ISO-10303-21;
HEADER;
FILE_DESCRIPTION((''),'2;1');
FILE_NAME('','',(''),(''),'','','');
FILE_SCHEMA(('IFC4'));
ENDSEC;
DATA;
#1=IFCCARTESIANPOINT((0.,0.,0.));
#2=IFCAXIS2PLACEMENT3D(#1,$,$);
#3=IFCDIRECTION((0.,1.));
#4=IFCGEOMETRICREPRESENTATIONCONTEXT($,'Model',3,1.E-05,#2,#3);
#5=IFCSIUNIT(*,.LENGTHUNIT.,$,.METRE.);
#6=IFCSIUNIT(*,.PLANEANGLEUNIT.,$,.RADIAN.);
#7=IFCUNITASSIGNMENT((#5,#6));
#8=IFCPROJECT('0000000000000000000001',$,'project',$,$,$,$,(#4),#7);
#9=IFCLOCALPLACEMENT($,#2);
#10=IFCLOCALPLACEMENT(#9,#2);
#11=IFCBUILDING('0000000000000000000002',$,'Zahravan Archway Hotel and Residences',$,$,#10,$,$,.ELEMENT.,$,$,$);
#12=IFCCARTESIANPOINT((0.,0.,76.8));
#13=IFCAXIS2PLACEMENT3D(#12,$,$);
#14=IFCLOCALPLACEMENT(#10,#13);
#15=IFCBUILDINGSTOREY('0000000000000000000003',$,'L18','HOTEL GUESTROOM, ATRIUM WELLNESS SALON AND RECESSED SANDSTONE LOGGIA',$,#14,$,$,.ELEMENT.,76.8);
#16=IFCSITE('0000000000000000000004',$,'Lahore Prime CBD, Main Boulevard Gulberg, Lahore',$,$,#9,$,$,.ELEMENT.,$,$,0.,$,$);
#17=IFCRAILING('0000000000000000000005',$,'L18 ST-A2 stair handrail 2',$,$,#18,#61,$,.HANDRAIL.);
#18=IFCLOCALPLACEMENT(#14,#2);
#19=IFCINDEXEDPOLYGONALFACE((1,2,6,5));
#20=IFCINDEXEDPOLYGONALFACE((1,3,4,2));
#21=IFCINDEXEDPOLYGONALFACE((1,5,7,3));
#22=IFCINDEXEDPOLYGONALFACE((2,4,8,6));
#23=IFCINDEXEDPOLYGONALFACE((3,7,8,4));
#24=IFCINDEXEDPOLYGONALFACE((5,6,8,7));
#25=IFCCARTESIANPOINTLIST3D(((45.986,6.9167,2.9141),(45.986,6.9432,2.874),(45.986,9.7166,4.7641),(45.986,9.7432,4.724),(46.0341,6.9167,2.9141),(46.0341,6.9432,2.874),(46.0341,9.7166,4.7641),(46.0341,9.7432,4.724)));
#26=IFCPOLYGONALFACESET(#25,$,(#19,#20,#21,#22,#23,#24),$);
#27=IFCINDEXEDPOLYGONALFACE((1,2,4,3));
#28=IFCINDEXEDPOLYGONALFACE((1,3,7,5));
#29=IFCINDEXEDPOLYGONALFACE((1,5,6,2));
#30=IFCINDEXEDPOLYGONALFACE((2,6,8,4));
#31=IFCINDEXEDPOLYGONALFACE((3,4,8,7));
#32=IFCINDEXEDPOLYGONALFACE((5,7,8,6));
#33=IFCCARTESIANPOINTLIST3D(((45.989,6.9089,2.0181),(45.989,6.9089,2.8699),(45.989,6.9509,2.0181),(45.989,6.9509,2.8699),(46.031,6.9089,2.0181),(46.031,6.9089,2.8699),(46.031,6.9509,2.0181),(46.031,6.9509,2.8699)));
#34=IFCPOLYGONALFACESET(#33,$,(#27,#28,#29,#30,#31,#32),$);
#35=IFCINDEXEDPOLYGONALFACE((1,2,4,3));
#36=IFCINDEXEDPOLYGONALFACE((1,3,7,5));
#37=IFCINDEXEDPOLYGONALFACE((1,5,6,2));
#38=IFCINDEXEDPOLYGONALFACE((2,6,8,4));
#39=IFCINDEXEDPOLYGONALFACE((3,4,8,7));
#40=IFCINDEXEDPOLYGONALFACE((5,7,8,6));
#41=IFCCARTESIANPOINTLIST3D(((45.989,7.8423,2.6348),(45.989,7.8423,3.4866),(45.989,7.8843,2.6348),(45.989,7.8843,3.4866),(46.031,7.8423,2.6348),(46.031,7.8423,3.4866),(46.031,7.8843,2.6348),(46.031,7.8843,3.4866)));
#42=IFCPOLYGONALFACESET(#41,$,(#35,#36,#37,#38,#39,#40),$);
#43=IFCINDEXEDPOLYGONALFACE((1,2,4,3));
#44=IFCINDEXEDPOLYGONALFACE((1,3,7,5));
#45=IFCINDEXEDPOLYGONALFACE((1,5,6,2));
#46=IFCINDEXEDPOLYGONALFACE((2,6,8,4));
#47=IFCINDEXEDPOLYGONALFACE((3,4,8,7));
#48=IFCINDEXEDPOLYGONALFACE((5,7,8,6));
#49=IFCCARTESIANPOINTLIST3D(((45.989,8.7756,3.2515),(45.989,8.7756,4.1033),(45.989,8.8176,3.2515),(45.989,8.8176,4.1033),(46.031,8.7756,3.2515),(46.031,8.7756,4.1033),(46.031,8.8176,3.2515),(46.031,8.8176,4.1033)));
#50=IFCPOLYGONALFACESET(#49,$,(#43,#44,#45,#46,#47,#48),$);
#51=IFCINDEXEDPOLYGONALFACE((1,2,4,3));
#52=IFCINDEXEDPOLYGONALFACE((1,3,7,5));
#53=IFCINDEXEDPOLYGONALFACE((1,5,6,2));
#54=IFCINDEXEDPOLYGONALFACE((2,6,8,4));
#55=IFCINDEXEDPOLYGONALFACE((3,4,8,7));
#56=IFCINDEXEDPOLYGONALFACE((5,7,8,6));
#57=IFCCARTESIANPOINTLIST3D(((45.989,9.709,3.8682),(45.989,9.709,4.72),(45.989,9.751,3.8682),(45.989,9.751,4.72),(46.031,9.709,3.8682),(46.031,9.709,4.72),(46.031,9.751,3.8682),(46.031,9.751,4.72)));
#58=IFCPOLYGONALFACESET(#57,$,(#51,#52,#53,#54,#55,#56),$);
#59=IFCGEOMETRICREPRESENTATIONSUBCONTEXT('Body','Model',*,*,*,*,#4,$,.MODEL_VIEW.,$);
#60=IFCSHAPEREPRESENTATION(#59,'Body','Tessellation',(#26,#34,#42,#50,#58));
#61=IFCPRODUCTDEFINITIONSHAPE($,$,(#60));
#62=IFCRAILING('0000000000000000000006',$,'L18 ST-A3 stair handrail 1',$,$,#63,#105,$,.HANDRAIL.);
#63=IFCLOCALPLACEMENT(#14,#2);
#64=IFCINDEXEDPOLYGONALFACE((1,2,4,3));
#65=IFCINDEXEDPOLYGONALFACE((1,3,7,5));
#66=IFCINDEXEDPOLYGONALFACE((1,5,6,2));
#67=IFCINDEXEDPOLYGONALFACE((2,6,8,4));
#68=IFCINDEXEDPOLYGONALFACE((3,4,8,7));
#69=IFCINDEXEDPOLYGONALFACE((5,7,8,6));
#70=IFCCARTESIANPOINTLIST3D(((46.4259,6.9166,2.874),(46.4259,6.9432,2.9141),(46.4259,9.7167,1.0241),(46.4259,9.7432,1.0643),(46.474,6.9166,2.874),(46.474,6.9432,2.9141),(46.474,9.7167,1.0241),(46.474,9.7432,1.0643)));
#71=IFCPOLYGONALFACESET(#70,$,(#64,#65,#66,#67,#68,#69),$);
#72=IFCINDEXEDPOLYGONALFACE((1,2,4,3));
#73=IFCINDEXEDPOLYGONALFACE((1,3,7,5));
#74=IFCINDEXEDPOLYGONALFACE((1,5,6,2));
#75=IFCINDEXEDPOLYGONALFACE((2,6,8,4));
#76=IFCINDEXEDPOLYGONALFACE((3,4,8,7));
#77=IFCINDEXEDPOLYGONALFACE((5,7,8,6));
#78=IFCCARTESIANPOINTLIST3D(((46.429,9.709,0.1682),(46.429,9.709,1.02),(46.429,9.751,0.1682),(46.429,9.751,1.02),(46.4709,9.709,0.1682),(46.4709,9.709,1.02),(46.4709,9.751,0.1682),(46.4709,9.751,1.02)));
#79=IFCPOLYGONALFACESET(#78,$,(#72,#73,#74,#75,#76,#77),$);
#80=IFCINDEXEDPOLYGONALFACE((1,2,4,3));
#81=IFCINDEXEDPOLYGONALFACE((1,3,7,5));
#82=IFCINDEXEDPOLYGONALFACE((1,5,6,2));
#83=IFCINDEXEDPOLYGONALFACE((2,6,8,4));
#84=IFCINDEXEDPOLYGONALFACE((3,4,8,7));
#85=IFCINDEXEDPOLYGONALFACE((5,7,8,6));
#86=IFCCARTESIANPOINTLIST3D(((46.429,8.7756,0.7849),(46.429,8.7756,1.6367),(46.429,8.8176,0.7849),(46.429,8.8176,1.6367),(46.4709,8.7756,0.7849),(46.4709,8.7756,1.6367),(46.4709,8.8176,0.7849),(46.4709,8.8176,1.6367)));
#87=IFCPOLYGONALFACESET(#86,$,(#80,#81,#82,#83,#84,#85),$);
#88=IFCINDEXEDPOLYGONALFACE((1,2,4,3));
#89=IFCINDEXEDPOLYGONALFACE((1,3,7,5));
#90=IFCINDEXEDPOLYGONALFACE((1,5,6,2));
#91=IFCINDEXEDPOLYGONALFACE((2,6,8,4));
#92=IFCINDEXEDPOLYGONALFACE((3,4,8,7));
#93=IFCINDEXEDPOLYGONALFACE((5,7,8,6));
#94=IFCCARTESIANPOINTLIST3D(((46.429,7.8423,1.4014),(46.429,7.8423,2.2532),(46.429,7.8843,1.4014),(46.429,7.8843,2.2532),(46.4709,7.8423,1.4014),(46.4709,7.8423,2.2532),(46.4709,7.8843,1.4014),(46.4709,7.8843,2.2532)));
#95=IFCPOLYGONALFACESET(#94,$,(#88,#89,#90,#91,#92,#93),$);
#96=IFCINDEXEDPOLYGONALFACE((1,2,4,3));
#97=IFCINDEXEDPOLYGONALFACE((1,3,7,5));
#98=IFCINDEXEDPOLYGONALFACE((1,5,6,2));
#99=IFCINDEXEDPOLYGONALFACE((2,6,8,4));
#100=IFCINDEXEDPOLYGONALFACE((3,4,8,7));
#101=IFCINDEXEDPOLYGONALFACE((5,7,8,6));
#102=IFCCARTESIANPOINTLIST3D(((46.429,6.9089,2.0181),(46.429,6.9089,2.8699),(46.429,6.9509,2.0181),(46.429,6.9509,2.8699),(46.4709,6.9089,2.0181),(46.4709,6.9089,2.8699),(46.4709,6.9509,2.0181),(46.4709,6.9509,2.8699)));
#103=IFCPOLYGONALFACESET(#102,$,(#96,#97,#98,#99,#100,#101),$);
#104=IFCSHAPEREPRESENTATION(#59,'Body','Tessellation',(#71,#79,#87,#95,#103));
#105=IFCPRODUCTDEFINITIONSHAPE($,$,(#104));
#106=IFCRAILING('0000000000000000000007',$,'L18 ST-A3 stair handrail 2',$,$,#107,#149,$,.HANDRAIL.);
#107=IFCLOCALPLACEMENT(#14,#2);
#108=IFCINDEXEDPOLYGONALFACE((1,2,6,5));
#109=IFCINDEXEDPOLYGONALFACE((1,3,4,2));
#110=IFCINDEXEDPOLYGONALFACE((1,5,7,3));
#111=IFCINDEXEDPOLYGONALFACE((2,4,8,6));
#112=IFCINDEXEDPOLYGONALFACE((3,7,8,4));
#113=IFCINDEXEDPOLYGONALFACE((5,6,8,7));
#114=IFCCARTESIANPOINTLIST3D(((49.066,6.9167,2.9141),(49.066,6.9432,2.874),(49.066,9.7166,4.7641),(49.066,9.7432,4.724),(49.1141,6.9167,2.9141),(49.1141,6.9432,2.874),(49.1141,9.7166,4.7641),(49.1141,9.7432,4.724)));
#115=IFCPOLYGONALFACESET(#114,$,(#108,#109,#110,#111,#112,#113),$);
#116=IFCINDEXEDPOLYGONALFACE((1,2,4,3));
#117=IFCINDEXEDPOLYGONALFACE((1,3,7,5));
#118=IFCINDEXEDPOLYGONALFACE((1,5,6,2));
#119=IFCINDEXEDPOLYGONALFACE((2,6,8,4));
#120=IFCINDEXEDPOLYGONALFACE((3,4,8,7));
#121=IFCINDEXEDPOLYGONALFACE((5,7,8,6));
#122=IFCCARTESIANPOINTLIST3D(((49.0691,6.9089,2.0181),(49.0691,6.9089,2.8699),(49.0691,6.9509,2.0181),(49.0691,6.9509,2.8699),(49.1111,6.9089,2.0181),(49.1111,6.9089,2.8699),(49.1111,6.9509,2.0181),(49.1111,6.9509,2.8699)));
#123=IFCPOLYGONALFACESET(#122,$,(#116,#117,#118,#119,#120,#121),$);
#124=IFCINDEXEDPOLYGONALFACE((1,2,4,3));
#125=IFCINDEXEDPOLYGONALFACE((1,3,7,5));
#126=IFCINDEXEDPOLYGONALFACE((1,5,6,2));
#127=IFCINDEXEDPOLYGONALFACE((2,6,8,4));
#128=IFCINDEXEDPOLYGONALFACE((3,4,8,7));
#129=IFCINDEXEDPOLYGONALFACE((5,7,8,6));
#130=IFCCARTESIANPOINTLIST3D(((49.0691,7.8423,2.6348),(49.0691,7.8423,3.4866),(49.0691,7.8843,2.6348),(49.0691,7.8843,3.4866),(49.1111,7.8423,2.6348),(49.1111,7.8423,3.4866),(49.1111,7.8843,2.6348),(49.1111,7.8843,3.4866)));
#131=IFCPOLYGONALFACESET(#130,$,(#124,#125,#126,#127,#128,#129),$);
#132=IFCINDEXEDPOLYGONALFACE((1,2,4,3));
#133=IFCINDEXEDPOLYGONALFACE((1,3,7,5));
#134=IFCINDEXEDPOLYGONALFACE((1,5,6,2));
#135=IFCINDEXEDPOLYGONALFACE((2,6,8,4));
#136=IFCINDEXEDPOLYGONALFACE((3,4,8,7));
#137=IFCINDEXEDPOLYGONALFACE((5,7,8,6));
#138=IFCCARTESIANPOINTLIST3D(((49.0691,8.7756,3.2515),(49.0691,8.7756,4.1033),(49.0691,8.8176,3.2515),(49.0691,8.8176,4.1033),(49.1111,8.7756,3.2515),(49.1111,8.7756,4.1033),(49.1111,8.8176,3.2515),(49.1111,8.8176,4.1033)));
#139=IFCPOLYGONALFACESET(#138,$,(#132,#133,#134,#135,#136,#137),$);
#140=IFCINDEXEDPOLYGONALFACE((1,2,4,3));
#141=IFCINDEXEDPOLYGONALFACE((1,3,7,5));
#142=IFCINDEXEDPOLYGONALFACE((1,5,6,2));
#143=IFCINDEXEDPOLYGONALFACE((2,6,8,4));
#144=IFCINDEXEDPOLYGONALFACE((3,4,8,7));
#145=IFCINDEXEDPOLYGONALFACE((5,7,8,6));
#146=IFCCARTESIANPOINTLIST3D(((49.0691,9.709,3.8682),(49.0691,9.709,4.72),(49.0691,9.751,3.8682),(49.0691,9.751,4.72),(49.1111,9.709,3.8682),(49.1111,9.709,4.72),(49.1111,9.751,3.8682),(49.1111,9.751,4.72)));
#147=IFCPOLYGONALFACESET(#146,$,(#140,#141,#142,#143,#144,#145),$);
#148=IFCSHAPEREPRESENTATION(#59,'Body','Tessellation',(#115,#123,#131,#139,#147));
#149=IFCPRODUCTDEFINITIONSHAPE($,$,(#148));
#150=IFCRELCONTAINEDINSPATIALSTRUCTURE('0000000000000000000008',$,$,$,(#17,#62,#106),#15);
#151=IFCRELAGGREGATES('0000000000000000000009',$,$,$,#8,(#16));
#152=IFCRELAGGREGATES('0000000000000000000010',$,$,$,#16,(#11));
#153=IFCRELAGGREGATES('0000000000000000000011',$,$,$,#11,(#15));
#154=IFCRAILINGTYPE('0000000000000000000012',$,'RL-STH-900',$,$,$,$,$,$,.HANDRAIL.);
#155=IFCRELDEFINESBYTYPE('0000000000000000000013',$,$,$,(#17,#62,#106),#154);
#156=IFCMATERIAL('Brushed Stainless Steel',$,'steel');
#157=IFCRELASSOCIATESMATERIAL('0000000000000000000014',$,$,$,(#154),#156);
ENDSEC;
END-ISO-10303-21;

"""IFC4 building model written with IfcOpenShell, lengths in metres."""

from ifc_helpers import new_model, si_unit, direction, frame, origin, origin_2d, place, context, subcontext, project, spatial, rectangle, extrude, material, type_object, element, save


model = new_model("IFC4")

# Units and contexts
model_context = context("Model", 3, precision=1e-05, world=origin(), true_north=direction((0.0, 1.0)))
body_context = subcontext(model_context, "Body", "Model", "MODEL_VIEW")
ifc_project = project(units=[si_unit("LENGTHUNIT", "METRE"), si_unit("PLANEANGLEUNIT", "RADIAN")], contexts=[model_context])

# Site, building, storey
site_placement = place(None, origin())
site = spatial("IfcSite", under=ifc_project, at=site_placement, Name="Lahore Prime CBD, Main Boulevard Gulberg, Lahore", CompositionType="ELEMENT", RefElevation=0.0)
building_placement = place(site_placement, origin())
building = spatial("IfcBuilding", under=site, at=building_placement, Name="Zahravan Archway Hotel and Residences", CompositionType="ELEMENT")
storey_placement = place(building_placement, frame((0.0, 0.0, 76.8)))
storey = spatial("IfcBuildingStorey", under=building, at=storey_placement, Name="L18", Description="HOTEL GUESTROOM, ATRIUM WELLNESS SALON AND RECESSED SANDSTONE LOGGIA", CompositionType="ELEMENT", Elevation=76.8)

# Railings
ifc_material_1 = material(Name="Brushed Stainless Steel", Category="steel")
railing_type_1 = type_object("IfcRailingType", Name="RL-STH-900", PredefinedType="HANDRAIL", material=ifc_material_1)
railing_1_placement = place(storey_placement, frame((46.01, 6.9299, 2.0181)))
element("IfcRailing", 1, at=railing_1_placement, inside=storey, type_object=railing_type_1, Name="L18 ST-A2 stair handrail 2", PredefinedType="HANDRAIL", context=body_context, shape_type="SweptSolid", body=[
    extrude(rectangle(XDim=0.0481, YDim=0.0481, at=origin_2d()), frame((0.0, 0.0, 0.876), z_axis=(0.0, 0.834326, 0.551271), x_axis=(-1.0, 0.0, 0.0)), (0.0, 0.0, 1.0), 3.356),
    extrude(rectangle(XDim=0.042, YDim=0.042, at=origin_2d()), origin(), (0.0, 0.0, 1.0), 0.8518),
    extrude(rectangle(XDim=0.042, YDim=0.042, at=origin_2d()), frame((0.0, 0.9333, 0.6167)), (0.0, 0.0, 1.0), 0.8518),
    extrude(rectangle(XDim=0.042, YDim=0.042, at=origin_2d()), frame((0.0, 1.8667, 1.2334)), (0.0, 0.0, 1.0), 0.8518),
    extrude(rectangle(XDim=0.042, YDim=0.042, at=origin_2d()), frame((0.0, 2.8, 1.8501)), (0.0, 0.0, 1.0), 0.8518),
])
railing_2_placement = place(storey_placement, frame((46.45, 9.73, 0.1682)))
element("IfcRailing", 2, at=railing_2_placement, inside=storey, type_object=railing_type_1, Name="L18 ST-A3 stair handrail 1", PredefinedType="HANDRAIL", context=body_context, shape_type="SweptSolid", body=[
    extrude(rectangle(XDim=0.0481, YDim=0.0481, at=origin_2d()), frame((0.0, 0.0, 0.876), z_axis=(0.0, -0.83436, 0.55122), x_axis=(1.0, 0.0, 0.0)), (0.0, 0.0, 1.0), 3.356),
    extrude(rectangle(XDim=0.042, YDim=0.042, at=origin_2d()), origin(), (0.0, 0.0, 1.0), 0.8518),
    extrude(rectangle(XDim=0.042, YDim=0.042, at=origin_2d()), frame((0.0, -0.9333, 0.6167)), (0.0, 0.0, 1.0), 0.8518),
    extrude(rectangle(XDim=0.042, YDim=0.042, at=origin_2d()), frame((0.0, -1.8667, 1.2332)), (0.0, 0.0, 1.0), 0.8518),
    extrude(rectangle(XDim=0.042, YDim=0.042, at=origin_2d()), frame((0.0, -2.8, 1.8499)), (0.0, 0.0, 1.0), 0.8518),
])
railing_3_placement = place(storey_placement, frame((49.0901, 6.9299, 2.0181)))
element("IfcRailing", 3, at=railing_3_placement, inside=storey, type_object=railing_type_1, Name="L18 ST-A3 stair handrail 2", PredefinedType="HANDRAIL", context=body_context, shape_type="SweptSolid", body=[
    extrude(rectangle(XDim=0.0481, YDim=0.0481, at=origin_2d()), frame((0.0, 0.0, 0.876), z_axis=(0.0, 0.834326, 0.551271), x_axis=(-1.0, 0.0, 0.0)), (0.0, 0.0, 1.0), 3.356),
    extrude(rectangle(XDim=0.042, YDim=0.042, at=origin_2d()), origin(), (0.0, 0.0, 1.0), 0.8518),
    extrude(rectangle(XDim=0.042, YDim=0.042, at=origin_2d()), frame((0.0, 0.9333, 0.6167)), (0.0, 0.0, 1.0), 0.8518),
    extrude(rectangle(XDim=0.042, YDim=0.042, at=origin_2d()), frame((0.0, 1.8667, 1.2334)), (0.0, 0.0, 1.0), 0.8518),
    extrude(rectangle(XDim=0.042, YDim=0.042, at=origin_2d()), frame((0.0, 2.8, 1.8501)), (0.0, 0.0, 1.0), 0.8518),
])

save(model, "model.ifc")
